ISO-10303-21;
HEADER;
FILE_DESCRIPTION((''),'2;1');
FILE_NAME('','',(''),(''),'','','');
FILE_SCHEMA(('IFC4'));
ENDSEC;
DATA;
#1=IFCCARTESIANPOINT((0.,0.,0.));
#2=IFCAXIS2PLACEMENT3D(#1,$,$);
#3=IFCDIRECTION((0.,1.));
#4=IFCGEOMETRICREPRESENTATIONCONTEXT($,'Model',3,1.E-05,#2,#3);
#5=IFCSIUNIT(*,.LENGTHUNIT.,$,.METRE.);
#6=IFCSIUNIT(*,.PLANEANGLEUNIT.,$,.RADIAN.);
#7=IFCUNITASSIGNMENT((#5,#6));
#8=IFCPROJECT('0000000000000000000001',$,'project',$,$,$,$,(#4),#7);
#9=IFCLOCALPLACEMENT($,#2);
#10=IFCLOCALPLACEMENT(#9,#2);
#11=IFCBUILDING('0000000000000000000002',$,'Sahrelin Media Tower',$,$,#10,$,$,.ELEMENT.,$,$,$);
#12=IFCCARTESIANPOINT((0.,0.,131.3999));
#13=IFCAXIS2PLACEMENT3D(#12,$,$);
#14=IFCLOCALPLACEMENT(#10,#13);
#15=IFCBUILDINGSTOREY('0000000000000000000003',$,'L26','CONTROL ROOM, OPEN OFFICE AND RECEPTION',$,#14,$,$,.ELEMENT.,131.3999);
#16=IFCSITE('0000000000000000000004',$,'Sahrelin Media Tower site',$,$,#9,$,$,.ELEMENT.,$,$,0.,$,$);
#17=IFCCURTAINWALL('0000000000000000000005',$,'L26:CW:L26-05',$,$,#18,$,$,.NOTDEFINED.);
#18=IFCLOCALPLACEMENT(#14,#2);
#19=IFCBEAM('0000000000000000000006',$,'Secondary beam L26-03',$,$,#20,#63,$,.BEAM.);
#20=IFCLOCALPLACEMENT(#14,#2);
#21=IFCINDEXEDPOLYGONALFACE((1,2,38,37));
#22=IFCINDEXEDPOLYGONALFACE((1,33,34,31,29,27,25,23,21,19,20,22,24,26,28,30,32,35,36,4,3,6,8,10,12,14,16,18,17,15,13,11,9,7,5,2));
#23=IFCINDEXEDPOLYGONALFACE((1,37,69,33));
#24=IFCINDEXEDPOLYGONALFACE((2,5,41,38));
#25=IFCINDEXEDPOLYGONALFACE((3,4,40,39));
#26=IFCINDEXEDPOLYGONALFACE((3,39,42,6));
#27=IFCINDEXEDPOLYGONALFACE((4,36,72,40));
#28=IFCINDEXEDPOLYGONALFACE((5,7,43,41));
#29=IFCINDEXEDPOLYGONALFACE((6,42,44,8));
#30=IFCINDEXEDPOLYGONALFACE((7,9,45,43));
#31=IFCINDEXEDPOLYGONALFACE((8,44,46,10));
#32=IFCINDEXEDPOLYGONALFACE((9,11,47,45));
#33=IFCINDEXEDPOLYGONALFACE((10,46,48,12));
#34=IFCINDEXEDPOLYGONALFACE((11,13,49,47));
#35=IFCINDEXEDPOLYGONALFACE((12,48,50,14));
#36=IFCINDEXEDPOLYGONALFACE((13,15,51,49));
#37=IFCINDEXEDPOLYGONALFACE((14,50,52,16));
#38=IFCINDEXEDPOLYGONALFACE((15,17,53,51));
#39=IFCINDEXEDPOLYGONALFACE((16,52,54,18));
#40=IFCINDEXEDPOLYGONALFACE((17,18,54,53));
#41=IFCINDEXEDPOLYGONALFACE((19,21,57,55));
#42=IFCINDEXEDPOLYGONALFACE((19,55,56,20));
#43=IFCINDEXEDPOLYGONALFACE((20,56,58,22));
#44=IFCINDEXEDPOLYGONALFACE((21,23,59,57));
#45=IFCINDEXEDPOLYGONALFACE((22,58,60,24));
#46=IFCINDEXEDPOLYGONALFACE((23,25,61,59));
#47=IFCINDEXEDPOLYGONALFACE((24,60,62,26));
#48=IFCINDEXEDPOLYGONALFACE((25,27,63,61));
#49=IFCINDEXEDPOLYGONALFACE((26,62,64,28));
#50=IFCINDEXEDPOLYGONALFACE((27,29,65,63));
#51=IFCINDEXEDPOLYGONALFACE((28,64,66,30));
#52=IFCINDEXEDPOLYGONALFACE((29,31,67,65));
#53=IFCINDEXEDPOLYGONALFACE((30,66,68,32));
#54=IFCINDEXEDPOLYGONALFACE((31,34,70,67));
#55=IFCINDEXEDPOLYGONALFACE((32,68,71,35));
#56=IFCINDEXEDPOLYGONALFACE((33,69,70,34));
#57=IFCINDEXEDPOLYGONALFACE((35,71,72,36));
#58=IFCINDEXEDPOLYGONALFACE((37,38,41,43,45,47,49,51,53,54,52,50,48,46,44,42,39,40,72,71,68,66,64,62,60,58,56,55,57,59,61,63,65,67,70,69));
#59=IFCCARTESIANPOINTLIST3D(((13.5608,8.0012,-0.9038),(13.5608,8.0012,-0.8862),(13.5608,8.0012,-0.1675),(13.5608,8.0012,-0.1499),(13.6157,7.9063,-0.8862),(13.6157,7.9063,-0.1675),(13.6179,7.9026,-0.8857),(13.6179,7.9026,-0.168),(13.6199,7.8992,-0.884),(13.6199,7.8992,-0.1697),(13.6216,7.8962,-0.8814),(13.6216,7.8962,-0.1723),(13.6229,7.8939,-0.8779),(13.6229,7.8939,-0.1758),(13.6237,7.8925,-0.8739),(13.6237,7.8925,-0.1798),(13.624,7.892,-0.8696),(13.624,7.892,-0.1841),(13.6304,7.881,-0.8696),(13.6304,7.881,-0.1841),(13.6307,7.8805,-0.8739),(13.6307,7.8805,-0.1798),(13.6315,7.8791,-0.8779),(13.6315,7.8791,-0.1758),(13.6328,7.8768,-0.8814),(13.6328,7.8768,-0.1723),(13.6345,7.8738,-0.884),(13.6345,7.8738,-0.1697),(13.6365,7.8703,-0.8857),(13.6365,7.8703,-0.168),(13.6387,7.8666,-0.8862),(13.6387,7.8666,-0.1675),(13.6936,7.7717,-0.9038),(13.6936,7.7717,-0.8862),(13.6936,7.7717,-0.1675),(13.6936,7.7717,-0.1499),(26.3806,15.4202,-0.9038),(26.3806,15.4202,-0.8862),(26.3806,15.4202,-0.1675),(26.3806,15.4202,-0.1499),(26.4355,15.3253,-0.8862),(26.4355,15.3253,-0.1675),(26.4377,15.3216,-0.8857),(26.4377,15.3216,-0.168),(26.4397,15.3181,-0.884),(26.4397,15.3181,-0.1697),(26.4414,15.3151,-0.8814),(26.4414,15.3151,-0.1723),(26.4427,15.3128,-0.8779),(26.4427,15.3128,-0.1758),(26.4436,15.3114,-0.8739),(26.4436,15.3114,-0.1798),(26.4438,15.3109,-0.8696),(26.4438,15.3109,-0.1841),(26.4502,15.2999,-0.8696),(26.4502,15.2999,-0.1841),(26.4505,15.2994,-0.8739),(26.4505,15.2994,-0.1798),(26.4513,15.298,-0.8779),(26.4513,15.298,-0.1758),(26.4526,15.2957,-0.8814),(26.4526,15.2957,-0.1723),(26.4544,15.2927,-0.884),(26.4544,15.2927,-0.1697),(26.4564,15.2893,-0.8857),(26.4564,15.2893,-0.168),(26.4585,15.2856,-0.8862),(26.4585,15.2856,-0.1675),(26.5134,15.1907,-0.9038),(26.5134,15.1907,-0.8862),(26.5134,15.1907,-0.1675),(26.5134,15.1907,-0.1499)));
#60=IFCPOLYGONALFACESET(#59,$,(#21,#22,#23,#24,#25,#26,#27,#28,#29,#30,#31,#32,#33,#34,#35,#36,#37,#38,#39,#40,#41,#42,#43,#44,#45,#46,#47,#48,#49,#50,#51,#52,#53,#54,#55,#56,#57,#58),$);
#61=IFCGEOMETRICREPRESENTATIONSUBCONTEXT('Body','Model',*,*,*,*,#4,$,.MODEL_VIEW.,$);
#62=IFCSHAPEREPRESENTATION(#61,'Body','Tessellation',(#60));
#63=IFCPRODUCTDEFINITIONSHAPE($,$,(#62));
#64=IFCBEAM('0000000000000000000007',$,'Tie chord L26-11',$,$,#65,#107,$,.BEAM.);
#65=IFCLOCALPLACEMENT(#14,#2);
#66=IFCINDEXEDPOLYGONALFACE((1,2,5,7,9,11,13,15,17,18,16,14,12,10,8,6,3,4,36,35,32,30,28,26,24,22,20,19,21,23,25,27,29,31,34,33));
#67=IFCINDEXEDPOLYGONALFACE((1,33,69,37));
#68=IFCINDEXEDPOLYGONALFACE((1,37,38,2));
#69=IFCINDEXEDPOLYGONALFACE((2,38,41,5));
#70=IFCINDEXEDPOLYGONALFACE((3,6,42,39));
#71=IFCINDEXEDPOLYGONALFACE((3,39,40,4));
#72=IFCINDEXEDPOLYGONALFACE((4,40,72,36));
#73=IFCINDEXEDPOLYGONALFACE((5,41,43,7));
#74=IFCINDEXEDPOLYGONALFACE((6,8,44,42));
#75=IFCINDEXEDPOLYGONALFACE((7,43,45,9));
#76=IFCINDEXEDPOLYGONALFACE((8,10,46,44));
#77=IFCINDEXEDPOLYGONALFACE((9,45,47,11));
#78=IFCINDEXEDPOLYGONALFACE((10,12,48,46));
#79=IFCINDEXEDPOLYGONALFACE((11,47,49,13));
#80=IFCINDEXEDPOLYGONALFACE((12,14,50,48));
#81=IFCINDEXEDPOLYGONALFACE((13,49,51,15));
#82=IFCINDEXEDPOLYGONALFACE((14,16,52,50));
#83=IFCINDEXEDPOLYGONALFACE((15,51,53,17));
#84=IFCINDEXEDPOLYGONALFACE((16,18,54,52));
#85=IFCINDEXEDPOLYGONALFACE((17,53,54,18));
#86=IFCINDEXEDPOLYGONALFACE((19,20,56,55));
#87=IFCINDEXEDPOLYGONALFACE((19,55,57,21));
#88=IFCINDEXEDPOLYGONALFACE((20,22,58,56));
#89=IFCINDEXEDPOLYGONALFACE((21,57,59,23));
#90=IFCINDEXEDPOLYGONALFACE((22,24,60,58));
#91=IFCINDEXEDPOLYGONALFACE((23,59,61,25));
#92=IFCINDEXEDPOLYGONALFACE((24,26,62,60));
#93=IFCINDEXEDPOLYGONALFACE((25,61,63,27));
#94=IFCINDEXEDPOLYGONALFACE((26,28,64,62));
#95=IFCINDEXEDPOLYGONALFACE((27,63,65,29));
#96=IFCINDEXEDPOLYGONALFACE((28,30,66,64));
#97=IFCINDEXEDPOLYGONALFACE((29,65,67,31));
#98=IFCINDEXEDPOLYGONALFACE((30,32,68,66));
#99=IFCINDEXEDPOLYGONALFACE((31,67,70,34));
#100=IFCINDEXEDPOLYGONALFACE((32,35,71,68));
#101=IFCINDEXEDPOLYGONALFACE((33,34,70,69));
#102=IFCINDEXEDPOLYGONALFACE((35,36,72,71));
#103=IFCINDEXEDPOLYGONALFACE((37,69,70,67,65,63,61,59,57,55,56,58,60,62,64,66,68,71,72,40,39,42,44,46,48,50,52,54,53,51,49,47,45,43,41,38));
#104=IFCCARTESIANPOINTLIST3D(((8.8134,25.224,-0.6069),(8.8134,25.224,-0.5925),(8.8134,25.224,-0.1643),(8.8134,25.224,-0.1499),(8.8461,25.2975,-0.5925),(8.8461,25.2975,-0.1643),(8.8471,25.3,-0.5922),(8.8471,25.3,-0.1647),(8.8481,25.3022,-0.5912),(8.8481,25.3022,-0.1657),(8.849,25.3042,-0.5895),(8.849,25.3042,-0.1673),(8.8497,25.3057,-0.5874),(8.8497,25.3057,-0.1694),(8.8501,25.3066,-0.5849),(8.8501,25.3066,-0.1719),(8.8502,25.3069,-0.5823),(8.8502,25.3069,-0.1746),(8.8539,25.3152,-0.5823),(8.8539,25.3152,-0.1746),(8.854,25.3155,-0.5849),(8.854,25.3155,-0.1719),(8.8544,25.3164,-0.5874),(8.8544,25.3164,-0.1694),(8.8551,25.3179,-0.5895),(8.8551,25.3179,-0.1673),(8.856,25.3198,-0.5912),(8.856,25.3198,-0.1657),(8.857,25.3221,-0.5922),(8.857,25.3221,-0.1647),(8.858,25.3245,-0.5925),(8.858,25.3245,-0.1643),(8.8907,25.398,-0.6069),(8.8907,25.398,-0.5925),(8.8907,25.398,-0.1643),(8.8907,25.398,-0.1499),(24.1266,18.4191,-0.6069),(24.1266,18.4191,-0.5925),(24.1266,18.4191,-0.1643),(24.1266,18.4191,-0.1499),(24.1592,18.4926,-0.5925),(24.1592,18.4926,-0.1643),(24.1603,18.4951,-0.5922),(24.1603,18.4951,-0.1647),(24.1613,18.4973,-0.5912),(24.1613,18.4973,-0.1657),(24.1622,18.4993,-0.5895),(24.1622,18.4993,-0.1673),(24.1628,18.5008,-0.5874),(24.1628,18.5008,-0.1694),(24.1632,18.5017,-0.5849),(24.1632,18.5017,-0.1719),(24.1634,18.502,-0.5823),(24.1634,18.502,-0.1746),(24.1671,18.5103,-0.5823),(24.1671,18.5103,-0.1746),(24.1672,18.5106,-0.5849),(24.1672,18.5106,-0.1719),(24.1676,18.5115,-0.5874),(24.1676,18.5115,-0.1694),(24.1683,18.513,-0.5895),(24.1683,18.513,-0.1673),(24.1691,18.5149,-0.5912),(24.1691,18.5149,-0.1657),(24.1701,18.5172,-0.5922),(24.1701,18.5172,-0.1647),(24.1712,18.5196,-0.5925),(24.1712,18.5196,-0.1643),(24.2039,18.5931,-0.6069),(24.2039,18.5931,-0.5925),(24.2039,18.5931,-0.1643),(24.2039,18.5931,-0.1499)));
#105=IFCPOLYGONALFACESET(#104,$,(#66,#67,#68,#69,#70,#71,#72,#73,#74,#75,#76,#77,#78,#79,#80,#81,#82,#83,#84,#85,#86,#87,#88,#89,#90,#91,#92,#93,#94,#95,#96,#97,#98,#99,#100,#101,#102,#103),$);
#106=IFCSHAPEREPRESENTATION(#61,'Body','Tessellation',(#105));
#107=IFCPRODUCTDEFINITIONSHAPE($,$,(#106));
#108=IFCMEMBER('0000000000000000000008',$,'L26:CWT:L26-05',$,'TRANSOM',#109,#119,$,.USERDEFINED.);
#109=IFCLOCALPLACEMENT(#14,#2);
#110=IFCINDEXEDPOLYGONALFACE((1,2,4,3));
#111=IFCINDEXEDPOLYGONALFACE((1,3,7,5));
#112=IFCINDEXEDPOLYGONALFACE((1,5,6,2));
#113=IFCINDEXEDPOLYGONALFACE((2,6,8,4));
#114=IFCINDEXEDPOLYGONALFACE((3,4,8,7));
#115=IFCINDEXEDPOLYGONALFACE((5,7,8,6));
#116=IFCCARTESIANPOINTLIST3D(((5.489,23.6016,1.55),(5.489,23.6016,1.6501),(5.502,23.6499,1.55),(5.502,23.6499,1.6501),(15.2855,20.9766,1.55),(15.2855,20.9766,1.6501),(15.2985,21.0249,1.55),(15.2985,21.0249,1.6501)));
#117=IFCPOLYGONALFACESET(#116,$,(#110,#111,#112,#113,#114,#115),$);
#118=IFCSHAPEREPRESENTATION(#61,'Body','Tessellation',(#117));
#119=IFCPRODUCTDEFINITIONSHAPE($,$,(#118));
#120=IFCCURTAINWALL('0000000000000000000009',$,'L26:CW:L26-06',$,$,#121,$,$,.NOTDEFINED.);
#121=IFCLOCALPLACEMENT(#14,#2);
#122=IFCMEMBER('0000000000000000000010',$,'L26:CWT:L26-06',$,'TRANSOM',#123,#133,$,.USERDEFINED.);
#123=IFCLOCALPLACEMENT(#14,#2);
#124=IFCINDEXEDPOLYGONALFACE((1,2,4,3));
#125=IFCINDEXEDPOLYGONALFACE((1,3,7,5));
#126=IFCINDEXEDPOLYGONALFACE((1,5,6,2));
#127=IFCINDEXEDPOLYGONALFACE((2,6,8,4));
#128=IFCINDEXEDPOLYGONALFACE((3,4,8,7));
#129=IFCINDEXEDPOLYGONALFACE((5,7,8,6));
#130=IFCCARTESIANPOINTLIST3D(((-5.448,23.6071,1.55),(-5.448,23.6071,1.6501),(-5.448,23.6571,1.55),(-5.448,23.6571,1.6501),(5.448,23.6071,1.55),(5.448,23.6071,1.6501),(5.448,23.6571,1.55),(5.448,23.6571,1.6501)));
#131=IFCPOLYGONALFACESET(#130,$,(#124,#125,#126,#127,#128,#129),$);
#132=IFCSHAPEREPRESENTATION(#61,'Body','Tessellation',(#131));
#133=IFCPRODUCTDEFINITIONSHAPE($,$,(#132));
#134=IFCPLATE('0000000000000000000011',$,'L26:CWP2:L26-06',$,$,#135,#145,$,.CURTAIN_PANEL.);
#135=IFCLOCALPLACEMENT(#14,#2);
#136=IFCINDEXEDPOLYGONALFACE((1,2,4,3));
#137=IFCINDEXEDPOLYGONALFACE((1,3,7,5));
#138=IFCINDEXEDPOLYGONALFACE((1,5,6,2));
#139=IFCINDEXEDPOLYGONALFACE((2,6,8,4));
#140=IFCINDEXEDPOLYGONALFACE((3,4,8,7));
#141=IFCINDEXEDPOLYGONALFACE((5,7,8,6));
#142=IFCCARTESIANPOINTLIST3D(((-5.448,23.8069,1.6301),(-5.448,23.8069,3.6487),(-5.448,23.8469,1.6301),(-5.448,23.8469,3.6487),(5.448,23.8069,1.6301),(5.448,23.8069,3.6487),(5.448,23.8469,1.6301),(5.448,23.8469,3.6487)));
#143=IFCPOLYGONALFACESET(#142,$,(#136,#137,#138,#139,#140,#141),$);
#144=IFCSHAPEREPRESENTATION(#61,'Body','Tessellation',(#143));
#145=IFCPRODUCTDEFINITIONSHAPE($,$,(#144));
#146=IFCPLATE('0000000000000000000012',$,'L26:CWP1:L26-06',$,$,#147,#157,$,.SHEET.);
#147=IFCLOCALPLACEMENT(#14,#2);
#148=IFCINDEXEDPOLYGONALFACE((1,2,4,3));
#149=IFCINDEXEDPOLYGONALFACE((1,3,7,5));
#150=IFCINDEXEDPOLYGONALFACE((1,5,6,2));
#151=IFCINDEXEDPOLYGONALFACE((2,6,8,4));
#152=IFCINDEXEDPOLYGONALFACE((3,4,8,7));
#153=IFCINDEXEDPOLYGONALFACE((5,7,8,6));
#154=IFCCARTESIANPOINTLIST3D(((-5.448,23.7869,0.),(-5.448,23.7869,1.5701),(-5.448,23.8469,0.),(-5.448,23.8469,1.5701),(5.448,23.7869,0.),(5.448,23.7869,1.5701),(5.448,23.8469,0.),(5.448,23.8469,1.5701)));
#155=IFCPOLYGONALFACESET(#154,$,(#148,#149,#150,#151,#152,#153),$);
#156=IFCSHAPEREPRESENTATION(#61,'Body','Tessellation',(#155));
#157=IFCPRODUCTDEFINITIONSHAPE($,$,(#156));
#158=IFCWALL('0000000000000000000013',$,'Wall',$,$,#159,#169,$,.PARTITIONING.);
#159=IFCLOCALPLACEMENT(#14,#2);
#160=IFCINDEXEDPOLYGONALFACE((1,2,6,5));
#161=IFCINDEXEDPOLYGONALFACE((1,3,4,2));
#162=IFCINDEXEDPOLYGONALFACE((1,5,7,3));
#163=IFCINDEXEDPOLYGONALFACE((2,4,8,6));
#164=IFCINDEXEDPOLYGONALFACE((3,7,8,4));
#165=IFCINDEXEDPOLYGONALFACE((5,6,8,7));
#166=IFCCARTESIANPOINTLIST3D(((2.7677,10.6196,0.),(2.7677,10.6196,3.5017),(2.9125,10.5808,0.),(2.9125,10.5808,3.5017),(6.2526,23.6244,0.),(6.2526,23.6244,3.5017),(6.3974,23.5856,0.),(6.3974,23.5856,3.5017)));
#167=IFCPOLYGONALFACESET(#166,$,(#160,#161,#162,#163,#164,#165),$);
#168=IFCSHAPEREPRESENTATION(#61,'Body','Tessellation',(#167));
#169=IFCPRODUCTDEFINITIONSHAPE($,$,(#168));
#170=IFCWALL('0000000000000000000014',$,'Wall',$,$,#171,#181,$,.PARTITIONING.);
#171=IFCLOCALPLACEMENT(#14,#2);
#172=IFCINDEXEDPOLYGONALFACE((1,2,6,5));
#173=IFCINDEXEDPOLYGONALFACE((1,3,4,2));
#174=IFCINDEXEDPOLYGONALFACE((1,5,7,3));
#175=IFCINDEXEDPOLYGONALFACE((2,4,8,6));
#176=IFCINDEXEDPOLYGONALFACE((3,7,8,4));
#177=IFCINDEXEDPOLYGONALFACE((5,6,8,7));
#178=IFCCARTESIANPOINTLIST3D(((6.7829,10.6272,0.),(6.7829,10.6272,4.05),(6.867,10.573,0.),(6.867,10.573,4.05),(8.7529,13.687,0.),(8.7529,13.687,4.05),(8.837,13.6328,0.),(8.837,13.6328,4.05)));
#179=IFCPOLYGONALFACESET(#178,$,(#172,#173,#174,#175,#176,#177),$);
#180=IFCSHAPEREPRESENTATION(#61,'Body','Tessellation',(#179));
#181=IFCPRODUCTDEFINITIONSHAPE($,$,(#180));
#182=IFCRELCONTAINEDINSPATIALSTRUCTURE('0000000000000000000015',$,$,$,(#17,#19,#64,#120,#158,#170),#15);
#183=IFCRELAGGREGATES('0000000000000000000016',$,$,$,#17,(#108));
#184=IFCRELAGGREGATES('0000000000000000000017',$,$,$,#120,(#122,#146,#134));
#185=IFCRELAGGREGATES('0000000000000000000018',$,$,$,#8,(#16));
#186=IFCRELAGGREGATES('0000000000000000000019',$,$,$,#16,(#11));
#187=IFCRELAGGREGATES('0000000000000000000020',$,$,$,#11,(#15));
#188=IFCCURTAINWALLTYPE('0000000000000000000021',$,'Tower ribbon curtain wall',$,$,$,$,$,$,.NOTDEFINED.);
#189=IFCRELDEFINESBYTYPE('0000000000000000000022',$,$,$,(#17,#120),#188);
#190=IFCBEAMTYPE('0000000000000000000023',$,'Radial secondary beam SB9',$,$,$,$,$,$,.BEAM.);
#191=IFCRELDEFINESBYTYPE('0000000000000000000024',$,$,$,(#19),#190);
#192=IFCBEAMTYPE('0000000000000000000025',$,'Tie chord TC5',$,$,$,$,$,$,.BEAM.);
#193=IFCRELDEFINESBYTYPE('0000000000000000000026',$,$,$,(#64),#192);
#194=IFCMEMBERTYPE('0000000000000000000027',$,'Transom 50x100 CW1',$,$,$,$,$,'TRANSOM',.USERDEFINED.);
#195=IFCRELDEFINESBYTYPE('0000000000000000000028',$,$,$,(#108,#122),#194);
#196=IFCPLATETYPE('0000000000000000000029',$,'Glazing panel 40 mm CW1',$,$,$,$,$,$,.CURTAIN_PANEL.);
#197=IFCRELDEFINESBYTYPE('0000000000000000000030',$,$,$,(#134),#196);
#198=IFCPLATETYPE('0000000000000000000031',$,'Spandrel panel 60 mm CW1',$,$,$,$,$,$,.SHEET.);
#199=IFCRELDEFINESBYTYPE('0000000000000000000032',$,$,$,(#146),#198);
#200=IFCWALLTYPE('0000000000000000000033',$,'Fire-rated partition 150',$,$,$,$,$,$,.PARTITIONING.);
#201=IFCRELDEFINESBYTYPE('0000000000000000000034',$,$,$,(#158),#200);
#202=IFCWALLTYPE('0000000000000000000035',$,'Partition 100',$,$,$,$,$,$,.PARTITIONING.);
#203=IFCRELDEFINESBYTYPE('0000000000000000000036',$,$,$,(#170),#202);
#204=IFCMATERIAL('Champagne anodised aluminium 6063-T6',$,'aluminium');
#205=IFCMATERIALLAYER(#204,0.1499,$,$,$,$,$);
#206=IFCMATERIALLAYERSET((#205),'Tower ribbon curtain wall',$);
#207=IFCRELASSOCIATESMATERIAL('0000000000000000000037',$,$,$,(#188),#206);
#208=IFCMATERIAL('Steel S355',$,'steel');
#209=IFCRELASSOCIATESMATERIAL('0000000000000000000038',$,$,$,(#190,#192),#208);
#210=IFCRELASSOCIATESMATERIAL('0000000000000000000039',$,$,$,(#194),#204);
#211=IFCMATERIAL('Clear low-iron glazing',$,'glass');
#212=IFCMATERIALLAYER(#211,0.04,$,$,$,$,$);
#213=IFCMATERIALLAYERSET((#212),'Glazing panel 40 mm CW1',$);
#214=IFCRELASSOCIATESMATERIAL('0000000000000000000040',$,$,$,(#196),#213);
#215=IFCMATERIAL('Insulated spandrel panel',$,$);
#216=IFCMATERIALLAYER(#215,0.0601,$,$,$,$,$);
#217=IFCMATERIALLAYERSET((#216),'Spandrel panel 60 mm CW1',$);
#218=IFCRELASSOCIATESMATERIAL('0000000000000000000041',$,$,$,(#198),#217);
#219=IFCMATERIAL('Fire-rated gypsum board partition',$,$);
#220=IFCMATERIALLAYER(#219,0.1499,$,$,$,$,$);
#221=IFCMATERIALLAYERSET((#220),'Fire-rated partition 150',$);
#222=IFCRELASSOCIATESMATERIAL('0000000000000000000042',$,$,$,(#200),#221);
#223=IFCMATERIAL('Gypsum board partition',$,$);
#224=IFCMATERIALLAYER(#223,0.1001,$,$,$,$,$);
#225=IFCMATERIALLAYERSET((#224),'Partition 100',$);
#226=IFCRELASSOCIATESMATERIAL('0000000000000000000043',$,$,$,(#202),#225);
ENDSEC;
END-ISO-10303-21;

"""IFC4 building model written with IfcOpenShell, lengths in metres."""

from ifc_helpers import new_model, si_unit, direction, frame, frame_2d, origin, origin_2d, place, context, subcontext, project, spatial, polyline, rectangle, i_section, outline, extrude, material, layer, layer_set, material_profile, profile_set, type_object, element, aggregate, save


model = new_model("IFC4")

# Units and contexts
model_context = context("Model", 3, precision=1e-05, world=origin(), true_north=direction((0.0, 1.0)))
body_context = subcontext(model_context, "Body", "Model", "MODEL_VIEW")
ifc_project = project(units=[si_unit("LENGTHUNIT", "METRE"), si_unit("PLANEANGLEUNIT", "RADIAN")], contexts=[model_context])

# Site, building, storey
site_placement = place(None, origin())
site = spatial("IfcSite", under=ifc_project, at=site_placement, Name="Sahrelin Media Tower site", CompositionType="ELEMENT", RefElevation=0.0)
building_placement = place(site_placement, origin())
building = spatial("IfcBuilding", under=site, at=building_placement, Name="Sahrelin Media Tower", CompositionType="ELEMENT")
storey_placement = place(building_placement, frame((0.0, 0.0, 131.3999)))
storey = spatial("IfcBuildingStorey", under=building, at=storey_placement, Name="L26", Description="CONTROL ROOM, OPEN OFFICE AND RECEPTION", CompositionType="ELEMENT", Elevation=131.3999)

# Shared definitions
ifc_material_1 = material(Name="Steel S355", Category="steel")

# Curtain wall
ifc_material_2 = material(Name="Champagne anodised aluminium 6063-T6", Category="aluminium")
ifc_layer_1 = layer(ifc_material_2, 0.1499)
ifc_layer_set_1 = layer_set([ifc_layer_1], Name="Tower ribbon curtain wall")
curtain_wall_type = type_object("IfcCurtainWallType", Name="Tower ribbon curtain wall", PredefinedType="NOTDEFINED", material=ifc_layer_set_1)
curtain_wall_1_placement = place(storey_placement, frame((10.4443, 22.5017, 0.0), z_axis=(0.0, 0.0, 1.0), x_axis=(1.0, 0.0, 0.0)))
curtain_wall_1 = element("IfcCurtainWall", 1, at=curtain_wall_1_placement, inside=storey, type_object=curtain_wall_type, Name="L26:CW:L26-05", PredefinedType="NOTDEFINED")

# Beams
ifc_material_profile_1 = material_profile(ifc_material_1, i_section(OverallWidth=0.2651, OverallDepth=0.7539, WebThickness=0.0127, FlangeThickness=0.0176, FilletRadius=0.0166, at=origin_2d()), Name="UB 762x267x147")
ifc_profile_set_1 = profile_set([ifc_material_profile_1], Name="Steel S355")
beam_type_1 = type_object("IfcBeamType", Name="Radial secondary beam SB9", PredefinedType="BEAM", material=ifc_profile_set_1)
beam_1_placement = place(storey_placement, frame((13.6272, 7.8865, -0.5269), z_axis=(0.865516, 0.500882, 0.0), x_axis=(-0.500882, 0.865516, 0.0)))
element("IfcBeam", 2, at=beam_1_placement, inside=storey, type_object=beam_type_1, Name="Secondary beam L26-03", PredefinedType="BEAM", context=body_context, shape_type="SweptSolid", body=[
    extrude(i_section(OverallWidth=0.2651, OverallDepth=0.7539, WebThickness=0.0127, FlangeThickness=0.0176, FilletRadius=0.0166, at=origin_2d()), origin(), (0.0, 0.0, 1.0), 14.8118),
])
ifc_material_profile_2 = material_profile(ifc_material_1, i_section(OverallWidth=0.1904, OverallDepth=0.457, WebThickness=0.009, FlangeThickness=0.0144, FilletRadius=0.0103, at=origin_2d()), Name="UB 457x191x74")
ifc_profile_set_2 = profile_set([ifc_material_profile_2], Name="Steel S355")
beam_type_2 = type_object("IfcBeamType", Name="Tie chord TC5", PredefinedType="BEAM", material=ifc_profile_set_2)
beam_2_placement = place(storey_placement, frame((8.8521, 25.311, -0.3784), z_axis=(0.913833, -0.406091, 0.0), x_axis=(0.406091, 0.913833, 0.0)))
element("IfcBeam", 3, at=beam_2_placement, inside=storey, type_object=beam_type_2, Name="Tie chord L26-11", PredefinedType="BEAM", context=body_context, shape_type="SweptSolid", body=[
    extrude(i_section(OverallWidth=0.1904, OverallDepth=0.457, WebThickness=0.009, FlangeThickness=0.0144, FilletRadius=0.0103, at=origin_2d()), origin(), (0.0, 0.0, 1.0), 16.7571),
])

# Member
ifc_material_profile_3 = material_profile(ifc_material_2, rectangle(XDim=0.05, YDim=0.1001, at=origin_2d()), Name="Transom 50x100")
ifc_profile_set_3 = profile_set([ifc_material_profile_3], Name="Champagne anodised aluminium 6063-T6")
member_type_1 = type_object("IfcMemberType", Name="Transom 50x100 CW1", ElementType="TRANSOM", PredefinedType="USERDEFINED", material=ifc_profile_set_3)
member_1_placement = place(storey_placement, frame((15.292, 21.0007, 1.6001), z_axis=(-0.965924, 0.258825, 0.0), x_axis=(-0.258825, -0.965924, 0.0)))
member_1 = element("IfcMember", 4, at=member_1_placement, type_object=member_type_1, Name="L26:CWT:L26-05", ObjectType="TRANSOM", PredefinedType="USERDEFINED", context=body_context, shape_type="SweptSolid", body=[
    extrude(rectangle(XDim=0.05, YDim=0.1001, at=origin_2d()), origin(), (0.0, 0.0, 1.0), 10.1421),
])
aggregate(curtain_wall_1, [member_1])

# Curtain wall, member, plates
placement_1 = place(storey_placement, frame((0.0, 23.8269, 0.0), z_axis=(0.0, 0.0, 1.0), x_axis=(1.0, 0.0, 0.0)))
curtain_wall_2 = element("IfcCurtainWall", 5, at=placement_1, inside=storey, type_object=curtain_wall_type, Name="L26:CW:L26-06", PredefinedType="NOTDEFINED")
member_2_placement = place(storey_placement, frame((5.448, 23.6321, 1.6001), z_axis=(-1.0, 0.0, 0.0), x_axis=(0.0, -1.0, 0.0)))
member_2 = element("IfcMember", 6, at=member_2_placement, type_object=member_type_1, Name="L26:CWT:L26-06", ObjectType="TRANSOM", PredefinedType="USERDEFINED", context=body_context, shape_type="SweptSolid", body=[
    extrude(rectangle(XDim=0.05, YDim=0.1001, at=origin_2d()), origin(), (0.0, 0.0, 1.0), 10.896),
])
ifc_material_3 = material(Name="Clear low-iron glazing", Category="glass")
ifc_layer_2 = layer(ifc_material_3, 0.04)
ifc_layer_set_2 = layer_set([ifc_layer_2], Name="Glazing panel 40 mm CW1")
plate_type_1 = type_object("IfcPlateType", Name="Glazing panel 40 mm CW1", PredefinedType="CURTAIN_PANEL", material=ifc_layer_set_2)
plate_1_placement = place(storey_placement, frame((5.448, 23.8469, 1.6301), z_axis=(0.0, 1.0, 0.0), x_axis=(-1.0, 0.0, 0.0)))
plate_1 = element("IfcPlate", 7, at=plate_1_placement, type_object=plate_type_1, Name="L26:CWP2:L26-06", PredefinedType="CURTAIN_PANEL", context=body_context, shape_type="SweptSolid", body=[
    extrude(outline(polyline([(0.0, 0.0), (10.896, 0.0), (10.896, 2.0186), (0.0, 2.0186), (0.0, 0.0)])), origin(), (0.0, 0.0, -1.0), 0.04),
])
ifc_material_4 = material(Name="Insulated spandrel panel")
ifc_layer_3 = layer(ifc_material_4, 0.0601)
ifc_layer_set_3 = layer_set([ifc_layer_3], Name="Spandrel panel 60 mm CW1")
plate_type_2 = type_object("IfcPlateType", Name="Spandrel panel 60 mm CW1", PredefinedType="SHEET", material=ifc_layer_set_3)
plate_2_placement = place(storey_placement, frame((5.448, 23.8469, 0.0), z_axis=(0.0, 1.0, 0.0), x_axis=(-1.0, 0.0, 0.0)))
plate_2 = element("IfcPlate", 8, at=plate_2_placement, type_object=plate_type_2, Name="L26:CWP1:L26-06", PredefinedType="SHEET", context=body_context, shape_type="SweptSolid", body=[
    extrude(outline(polyline([(0.0, 0.0), (10.896, 0.0), (10.896, 1.5701), (0.0, 1.5701), (0.0, 0.0)])), origin(), (0.0, 0.0, -1.0), 0.0601),
])
aggregate(curtain_wall_2, [member_2, plate_2, plate_1])

# Walls
ifc_material_5 = material(Name="Fire-rated gypsum board partition")
ifc_layer_4 = layer(ifc_material_5, 0.1499)
ifc_layer_set_4 = layer_set([ifc_layer_4], Name="Fire-rated partition 150")
wall_type_1 = type_object("IfcWallType", Name="Fire-rated partition 150", PredefinedType="PARTITIONING", material=ifc_layer_set_4)
wall_1_placement = place(storey_placement, frame((2.8401, 10.6001, 0.0), z_axis=(0.0, 0.0, 1.0), x_axis=(0.258834, 0.965922, 0.0)))
element("IfcWall", 9, at=wall_1_placement, inside=storey, type_object=wall_type_1, Name="Wall", PredefinedType="PARTITIONING", context=body_context, shape_type="SweptSolid", body=[
    extrude(rectangle(XDim=13.4636, YDim=0.1499, at=frame_2d((6.7319, 0.0))), origin(), (0.0, 0.0, 1.0), 3.5017),
])
ifc_material_6 = material(Name="Gypsum board partition")
ifc_layer_5 = layer(ifc_material_6, 0.1001)
ifc_layer_set_5 = layer_set([ifc_layer_5], Name="Partition 100")
wall_type_2 = type_object("IfcWallType", Name="Partition 100", PredefinedType="PARTITIONING", material=ifc_layer_set_5)
wall_2_placement = place(storey_placement, frame((6.825, 10.6001, 0.0), z_axis=(0.0, 0.0, 1.0), x_axis=(0.54133, 0.84081, 0.0)))
element("IfcWall", 10, at=wall_2_placement, inside=storey, type_object=wall_type_2, Name="Wall", PredefinedType="PARTITIONING", context=body_context, shape_type="SweptSolid", body=[
    extrude(rectangle(XDim=3.6392, YDim=0.1001, at=frame_2d((1.8196, 0.0))), origin(), (0.0, 0.0, 1.0), 4.05),
])

save(model, "model.ifc")
